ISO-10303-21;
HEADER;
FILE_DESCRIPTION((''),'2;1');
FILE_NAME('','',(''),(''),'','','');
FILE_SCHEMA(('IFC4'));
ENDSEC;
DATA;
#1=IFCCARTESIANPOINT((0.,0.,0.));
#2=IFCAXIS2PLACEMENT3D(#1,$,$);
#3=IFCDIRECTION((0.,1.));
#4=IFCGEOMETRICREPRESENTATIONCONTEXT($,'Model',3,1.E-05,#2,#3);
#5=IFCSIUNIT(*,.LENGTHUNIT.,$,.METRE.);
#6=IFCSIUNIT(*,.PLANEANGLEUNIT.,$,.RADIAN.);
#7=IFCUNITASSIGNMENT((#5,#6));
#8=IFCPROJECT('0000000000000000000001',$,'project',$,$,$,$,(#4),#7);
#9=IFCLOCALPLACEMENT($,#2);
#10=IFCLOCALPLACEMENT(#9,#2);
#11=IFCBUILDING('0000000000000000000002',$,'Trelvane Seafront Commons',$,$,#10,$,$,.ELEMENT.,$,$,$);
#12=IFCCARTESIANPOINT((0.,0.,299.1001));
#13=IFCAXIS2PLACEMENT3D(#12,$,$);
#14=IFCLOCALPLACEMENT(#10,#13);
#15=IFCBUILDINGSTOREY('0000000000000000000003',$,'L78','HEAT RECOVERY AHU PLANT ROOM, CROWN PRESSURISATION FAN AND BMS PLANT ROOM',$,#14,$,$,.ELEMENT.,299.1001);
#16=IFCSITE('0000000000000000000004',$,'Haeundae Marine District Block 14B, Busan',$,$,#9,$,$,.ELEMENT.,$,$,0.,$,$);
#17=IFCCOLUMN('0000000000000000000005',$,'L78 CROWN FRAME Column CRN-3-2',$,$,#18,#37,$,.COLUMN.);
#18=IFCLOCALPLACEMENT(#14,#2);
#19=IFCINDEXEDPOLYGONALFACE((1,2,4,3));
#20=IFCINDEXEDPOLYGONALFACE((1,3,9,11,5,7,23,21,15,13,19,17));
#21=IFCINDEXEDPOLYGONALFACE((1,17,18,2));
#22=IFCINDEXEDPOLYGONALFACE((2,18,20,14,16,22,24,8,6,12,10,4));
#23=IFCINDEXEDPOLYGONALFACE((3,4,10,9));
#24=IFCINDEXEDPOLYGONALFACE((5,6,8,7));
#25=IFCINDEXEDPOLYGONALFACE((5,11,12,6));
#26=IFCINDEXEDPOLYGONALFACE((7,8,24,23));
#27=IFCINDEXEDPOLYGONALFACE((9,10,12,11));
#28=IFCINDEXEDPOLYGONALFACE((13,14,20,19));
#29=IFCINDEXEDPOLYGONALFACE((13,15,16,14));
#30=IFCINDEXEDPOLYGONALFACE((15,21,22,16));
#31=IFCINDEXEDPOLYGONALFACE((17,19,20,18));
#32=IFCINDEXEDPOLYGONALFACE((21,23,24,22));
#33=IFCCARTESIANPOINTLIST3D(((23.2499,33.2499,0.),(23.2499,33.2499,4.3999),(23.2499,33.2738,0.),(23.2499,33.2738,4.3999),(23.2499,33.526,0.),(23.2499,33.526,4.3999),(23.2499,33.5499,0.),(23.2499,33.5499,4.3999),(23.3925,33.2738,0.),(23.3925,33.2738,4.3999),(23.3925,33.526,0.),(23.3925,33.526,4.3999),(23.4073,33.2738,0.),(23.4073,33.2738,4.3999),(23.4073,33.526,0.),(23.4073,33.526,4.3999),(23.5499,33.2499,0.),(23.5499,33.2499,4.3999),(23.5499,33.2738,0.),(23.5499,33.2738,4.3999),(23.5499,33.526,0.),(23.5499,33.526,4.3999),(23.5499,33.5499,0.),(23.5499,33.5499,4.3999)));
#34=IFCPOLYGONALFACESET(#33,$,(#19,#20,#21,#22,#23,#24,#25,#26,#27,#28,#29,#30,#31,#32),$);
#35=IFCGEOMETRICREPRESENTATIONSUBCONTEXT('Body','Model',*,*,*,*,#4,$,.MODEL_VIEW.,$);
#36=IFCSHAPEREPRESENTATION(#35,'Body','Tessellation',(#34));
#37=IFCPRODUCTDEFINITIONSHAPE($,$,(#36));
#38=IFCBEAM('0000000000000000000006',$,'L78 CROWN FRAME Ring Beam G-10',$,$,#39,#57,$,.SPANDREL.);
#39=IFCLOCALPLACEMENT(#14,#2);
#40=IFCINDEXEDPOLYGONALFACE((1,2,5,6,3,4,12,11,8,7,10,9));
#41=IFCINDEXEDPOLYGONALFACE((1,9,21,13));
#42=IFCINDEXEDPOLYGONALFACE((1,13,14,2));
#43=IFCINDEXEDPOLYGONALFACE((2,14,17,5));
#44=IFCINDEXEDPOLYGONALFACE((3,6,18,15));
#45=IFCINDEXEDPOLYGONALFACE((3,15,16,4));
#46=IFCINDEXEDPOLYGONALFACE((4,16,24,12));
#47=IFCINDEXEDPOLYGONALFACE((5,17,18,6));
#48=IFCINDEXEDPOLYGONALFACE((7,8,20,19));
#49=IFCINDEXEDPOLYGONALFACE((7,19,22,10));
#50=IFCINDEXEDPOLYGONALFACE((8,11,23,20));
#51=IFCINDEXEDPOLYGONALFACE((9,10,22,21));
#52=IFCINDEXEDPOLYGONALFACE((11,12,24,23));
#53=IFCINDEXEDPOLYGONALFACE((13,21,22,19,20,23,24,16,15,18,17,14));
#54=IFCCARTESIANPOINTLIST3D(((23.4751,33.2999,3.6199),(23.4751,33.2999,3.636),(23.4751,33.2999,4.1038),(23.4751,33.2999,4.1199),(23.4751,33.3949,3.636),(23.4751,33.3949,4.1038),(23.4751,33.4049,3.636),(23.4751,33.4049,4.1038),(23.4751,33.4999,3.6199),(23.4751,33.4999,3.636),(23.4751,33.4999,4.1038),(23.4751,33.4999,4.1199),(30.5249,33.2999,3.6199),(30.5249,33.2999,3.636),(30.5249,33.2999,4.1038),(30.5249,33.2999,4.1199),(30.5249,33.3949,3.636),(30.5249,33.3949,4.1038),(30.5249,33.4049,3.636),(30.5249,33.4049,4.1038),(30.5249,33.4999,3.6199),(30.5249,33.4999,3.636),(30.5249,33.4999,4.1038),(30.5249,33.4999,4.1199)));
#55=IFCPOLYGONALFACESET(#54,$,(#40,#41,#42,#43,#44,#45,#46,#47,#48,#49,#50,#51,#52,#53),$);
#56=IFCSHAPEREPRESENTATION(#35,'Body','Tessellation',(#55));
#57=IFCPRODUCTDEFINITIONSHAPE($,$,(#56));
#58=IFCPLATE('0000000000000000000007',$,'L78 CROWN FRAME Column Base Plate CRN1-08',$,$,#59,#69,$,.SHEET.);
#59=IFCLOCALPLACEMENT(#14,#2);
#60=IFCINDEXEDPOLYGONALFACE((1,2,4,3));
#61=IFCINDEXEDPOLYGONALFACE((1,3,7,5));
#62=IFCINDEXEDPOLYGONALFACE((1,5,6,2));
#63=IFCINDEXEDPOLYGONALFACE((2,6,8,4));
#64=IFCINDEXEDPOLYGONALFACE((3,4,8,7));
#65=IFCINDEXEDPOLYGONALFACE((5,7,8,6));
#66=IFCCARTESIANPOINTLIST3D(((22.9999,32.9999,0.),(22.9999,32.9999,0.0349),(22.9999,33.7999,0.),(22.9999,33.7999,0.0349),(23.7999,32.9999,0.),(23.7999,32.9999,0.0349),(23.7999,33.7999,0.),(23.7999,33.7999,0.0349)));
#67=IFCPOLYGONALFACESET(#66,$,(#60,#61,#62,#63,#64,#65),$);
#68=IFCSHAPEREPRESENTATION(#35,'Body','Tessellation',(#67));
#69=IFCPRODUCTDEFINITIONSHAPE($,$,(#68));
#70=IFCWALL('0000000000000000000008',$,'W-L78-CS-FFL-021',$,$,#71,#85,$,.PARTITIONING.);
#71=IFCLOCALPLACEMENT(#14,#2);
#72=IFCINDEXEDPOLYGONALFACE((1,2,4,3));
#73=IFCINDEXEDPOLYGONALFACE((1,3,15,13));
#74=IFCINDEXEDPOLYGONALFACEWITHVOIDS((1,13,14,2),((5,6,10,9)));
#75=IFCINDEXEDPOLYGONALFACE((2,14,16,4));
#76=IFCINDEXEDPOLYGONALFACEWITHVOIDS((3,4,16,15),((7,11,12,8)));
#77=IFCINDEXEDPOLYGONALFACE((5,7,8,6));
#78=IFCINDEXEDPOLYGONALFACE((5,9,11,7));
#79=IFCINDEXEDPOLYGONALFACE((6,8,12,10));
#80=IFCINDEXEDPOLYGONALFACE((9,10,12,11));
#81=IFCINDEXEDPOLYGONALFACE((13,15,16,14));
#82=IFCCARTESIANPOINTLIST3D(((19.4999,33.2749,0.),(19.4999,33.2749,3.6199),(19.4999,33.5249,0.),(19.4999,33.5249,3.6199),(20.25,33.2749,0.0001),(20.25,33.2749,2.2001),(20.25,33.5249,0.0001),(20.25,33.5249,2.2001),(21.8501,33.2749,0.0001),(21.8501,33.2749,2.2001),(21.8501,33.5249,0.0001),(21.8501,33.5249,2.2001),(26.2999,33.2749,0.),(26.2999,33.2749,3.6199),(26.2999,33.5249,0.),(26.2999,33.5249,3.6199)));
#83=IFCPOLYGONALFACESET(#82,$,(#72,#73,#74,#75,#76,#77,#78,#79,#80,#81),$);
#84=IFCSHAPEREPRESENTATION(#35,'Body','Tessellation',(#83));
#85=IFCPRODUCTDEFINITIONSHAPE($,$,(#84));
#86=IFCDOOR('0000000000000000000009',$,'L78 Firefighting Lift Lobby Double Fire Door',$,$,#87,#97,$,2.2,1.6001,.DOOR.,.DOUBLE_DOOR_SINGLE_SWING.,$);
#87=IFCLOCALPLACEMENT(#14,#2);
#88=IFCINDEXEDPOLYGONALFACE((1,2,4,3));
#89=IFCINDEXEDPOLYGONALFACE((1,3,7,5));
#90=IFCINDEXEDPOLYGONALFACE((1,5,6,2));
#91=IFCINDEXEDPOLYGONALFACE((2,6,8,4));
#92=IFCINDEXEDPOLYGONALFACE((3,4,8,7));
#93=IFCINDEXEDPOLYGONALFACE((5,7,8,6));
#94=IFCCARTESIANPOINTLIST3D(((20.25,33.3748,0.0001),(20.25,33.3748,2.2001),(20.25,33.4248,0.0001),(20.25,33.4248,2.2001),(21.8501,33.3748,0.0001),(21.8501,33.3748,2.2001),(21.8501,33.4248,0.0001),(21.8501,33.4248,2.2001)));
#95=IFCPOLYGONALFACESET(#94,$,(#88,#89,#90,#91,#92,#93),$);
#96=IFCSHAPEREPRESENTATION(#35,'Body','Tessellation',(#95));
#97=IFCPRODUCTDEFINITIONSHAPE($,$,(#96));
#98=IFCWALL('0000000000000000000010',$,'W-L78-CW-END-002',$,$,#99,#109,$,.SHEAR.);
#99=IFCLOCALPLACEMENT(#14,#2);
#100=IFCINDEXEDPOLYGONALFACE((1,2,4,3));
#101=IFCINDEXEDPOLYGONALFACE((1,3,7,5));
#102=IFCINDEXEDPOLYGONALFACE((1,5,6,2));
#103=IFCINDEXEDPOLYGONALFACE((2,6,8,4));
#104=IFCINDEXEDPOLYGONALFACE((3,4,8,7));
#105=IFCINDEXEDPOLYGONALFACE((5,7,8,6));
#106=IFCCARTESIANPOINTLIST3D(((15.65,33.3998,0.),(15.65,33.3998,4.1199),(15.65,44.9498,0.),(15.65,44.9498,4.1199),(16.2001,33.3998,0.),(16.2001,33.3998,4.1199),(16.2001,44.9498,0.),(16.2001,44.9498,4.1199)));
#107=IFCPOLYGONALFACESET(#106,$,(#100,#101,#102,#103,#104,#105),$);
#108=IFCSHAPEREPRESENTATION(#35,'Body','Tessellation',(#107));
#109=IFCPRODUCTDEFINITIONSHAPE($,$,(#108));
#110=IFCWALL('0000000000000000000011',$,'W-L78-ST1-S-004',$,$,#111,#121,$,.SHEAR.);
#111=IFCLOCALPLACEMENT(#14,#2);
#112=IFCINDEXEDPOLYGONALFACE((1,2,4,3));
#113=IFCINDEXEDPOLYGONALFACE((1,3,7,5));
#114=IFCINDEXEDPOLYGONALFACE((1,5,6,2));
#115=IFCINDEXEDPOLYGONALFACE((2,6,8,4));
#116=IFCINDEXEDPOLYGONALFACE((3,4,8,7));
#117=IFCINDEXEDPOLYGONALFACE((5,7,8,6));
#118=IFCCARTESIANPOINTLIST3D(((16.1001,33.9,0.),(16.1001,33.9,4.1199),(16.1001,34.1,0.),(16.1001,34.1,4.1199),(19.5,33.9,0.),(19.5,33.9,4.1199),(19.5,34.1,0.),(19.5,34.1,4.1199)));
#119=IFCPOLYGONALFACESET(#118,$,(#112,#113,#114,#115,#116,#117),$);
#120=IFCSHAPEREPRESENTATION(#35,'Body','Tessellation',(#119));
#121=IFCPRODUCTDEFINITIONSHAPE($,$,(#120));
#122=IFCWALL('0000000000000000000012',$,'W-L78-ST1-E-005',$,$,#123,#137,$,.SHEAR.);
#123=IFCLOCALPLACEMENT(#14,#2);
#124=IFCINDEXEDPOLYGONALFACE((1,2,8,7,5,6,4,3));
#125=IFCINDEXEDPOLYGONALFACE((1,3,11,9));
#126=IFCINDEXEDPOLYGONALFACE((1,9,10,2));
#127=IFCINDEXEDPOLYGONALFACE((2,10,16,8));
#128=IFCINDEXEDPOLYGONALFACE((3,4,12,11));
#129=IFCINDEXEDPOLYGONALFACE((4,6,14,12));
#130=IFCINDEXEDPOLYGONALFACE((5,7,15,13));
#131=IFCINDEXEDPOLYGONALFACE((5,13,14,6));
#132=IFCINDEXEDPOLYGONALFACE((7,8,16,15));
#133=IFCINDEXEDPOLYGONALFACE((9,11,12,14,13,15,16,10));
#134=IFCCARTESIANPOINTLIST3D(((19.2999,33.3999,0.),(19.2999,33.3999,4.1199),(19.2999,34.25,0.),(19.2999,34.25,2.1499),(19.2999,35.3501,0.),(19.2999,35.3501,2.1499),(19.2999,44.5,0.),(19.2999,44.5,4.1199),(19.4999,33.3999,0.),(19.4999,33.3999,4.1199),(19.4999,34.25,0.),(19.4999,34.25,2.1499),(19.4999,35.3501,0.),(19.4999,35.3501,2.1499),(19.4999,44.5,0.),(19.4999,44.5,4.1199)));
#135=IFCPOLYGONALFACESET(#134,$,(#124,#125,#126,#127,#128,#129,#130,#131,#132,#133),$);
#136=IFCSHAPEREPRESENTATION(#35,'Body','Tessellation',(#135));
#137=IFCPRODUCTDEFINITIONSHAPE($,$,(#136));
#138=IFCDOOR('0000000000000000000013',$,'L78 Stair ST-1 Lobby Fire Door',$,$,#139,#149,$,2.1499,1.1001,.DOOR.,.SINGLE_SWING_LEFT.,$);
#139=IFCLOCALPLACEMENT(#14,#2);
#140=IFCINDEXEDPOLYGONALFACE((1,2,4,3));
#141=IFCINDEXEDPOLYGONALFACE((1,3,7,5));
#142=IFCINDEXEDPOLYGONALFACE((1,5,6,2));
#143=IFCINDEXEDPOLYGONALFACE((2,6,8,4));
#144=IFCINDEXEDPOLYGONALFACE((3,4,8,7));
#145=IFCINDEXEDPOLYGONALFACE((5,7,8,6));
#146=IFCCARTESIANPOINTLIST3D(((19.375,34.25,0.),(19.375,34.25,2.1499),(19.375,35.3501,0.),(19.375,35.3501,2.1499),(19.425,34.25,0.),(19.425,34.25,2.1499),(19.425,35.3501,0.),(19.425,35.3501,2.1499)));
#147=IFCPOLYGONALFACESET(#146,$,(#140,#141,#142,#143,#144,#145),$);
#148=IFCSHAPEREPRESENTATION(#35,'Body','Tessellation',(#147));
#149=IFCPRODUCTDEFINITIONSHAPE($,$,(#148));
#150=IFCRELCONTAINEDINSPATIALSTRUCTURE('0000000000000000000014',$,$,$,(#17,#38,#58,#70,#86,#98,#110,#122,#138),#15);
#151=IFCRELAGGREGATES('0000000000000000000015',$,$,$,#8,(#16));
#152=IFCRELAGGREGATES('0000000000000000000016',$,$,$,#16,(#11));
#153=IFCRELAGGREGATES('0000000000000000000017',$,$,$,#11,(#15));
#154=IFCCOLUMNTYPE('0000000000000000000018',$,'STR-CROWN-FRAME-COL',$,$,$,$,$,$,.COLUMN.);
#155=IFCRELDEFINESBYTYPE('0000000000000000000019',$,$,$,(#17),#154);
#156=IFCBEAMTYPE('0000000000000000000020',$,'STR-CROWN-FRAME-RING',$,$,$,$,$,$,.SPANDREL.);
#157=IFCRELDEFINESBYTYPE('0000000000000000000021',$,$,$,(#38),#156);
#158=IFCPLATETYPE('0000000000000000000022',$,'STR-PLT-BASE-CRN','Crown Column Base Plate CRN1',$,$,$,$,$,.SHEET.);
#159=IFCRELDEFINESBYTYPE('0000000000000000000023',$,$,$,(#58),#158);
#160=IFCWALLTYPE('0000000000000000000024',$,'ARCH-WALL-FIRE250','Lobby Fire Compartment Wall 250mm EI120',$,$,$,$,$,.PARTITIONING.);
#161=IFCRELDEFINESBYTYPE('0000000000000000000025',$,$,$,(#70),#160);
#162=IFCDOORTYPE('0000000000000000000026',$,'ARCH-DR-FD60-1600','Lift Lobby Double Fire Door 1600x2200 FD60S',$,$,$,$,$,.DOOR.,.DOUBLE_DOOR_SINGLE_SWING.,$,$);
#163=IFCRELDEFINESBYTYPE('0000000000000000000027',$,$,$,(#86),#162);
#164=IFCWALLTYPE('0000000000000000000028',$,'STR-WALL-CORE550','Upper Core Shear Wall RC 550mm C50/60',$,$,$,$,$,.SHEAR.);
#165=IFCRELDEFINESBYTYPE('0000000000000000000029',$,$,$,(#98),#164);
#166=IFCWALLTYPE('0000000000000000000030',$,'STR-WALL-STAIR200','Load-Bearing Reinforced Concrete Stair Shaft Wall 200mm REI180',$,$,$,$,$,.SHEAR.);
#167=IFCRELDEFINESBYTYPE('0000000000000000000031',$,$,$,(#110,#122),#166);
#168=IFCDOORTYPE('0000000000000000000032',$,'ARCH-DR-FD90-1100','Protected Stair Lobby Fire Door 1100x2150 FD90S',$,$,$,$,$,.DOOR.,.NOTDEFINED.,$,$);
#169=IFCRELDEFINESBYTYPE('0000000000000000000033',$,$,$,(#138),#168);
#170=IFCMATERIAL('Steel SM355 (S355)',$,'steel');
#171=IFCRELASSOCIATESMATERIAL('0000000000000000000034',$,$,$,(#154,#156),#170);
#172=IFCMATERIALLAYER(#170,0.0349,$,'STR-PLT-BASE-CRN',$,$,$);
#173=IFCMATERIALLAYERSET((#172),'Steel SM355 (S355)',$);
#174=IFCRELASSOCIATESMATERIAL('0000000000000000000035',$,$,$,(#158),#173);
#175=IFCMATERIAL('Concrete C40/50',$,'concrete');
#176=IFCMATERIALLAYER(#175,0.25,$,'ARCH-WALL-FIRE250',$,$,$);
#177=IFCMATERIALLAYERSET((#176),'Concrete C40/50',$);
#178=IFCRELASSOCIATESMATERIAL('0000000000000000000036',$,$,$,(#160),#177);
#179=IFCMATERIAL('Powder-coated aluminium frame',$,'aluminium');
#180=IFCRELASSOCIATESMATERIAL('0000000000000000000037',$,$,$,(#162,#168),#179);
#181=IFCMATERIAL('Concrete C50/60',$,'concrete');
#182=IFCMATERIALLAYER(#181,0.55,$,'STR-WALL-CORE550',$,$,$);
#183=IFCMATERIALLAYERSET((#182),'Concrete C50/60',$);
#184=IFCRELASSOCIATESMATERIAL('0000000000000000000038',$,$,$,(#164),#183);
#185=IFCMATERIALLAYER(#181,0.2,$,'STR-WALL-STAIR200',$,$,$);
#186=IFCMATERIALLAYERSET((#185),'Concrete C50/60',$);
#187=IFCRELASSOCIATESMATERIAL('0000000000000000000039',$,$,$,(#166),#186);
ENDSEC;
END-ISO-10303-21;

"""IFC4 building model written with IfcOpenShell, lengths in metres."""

from ifc_helpers import new_model, si_unit, direction, frame, frame_2d, origin, origin_2d, place, context, subcontext, project, spatial, rectangle, i_section, extrude, source, transform, mapped, material, layer, layer_set, material_profile, profile_set, type_object, element, fill, save


model = new_model("IFC4")

# Units and contexts
model_context = context("Model", 3, precision=1e-05, world=origin(), true_north=direction((0.0, 1.0)))
body_context = subcontext(model_context, "Body", "Model", "MODEL_VIEW")
ifc_project = project(units=[si_unit("LENGTHUNIT", "METRE"), si_unit("PLANEANGLEUNIT", "RADIAN")], contexts=[model_context])

# Site, building, storey
site_placement = place(None, origin())
site = spatial("IfcSite", under=ifc_project, at=site_placement, Name="Haeundae Marine District Block 14B, Busan", CompositionType="ELEMENT", RefElevation=0.0)
building_placement = place(site_placement, origin())
building = spatial("IfcBuilding", under=site, at=building_placement, Name="Trelvane Seafront Commons", CompositionType="ELEMENT")
storey_placement = place(building_placement, frame((0.0, 0.0, 299.1001)))
storey = spatial("IfcBuildingStorey", under=building, at=storey_placement, Name="L78", Description="HEAT RECOVERY AHU PLANT ROOM, CROWN PRESSURISATION FAN AND BMS PLANT ROOM", CompositionType="ELEMENT", Elevation=299.1001)

# Column
ifc_material_1 = material(Name="Steel SM355 (S355)", Category="steel")
ifc_material_profile_1 = material_profile(ifc_material_1, i_section(OverallWidth=0.3, OverallDepth=0.3, WebThickness=0.0149, FlangeThickness=0.0239, at=origin_2d()), Name="HD-300x300x15x24")
ifc_profile_set_1 = profile_set([ifc_material_profile_1], Name="Steel SM355 (S355)")
column_type = type_object("IfcColumnType", Name="STR-CROWN-FRAME-COL", PredefinedType="COLUMN", material=ifc_profile_set_1)
shared_shape_1 = source(origin(), body_context, "Body", "SweptSolid", [
    extrude(i_section(OverallWidth=0.3, OverallDepth=0.3, WebThickness=0.0149, FlangeThickness=0.0239, at=origin_2d()), origin(), (0.0, 0.0, 1.0), 4.3999),
])
column_placement = place(storey_placement, frame((23.3999, 33.3999, 0.0), z_axis=(0.0, 0.0, 1.0), x_axis=(1.0, 0.0, 0.0)))
element("IfcColumn", 1, at=column_placement, inside=storey, type_object=column_type, Name="L78 CROWN FRAME Column CRN-3-2", PredefinedType="COLUMN", context=body_context, shape_type="MappedRepresentation", body=[
    mapped(shared_shape_1, transform((0.0, 0.0, 0.0), x_axis=(1.0, 0.0, 0.0), y_axis=(0.0, 1.0, 0.0), z_axis=(0.0, 0.0, 1.0), scale=1.0)),
])

# Beam
ifc_material_profile_2 = material_profile(ifc_material_1, i_section(OverallWidth=0.2, OverallDepth=0.5, WebThickness=0.01, FlangeThickness=0.0161, at=origin_2d()), Name="H-500x200x10x16")
ifc_profile_set_2 = profile_set([ifc_material_profile_2], Name="Steel SM355 (S355)")
beam_type = type_object("IfcBeamType", Name="STR-CROWN-FRAME-RING", PredefinedType="SPANDREL", material=ifc_profile_set_2)
shared_shape_2 = source(origin(), body_context, "Body", "SweptSolid", [
    extrude(i_section(OverallWidth=0.2, OverallDepth=0.5, WebThickness=0.01, FlangeThickness=0.0161, at=origin_2d()), origin(), (0.0, 0.0, 1.0), 7.0498),
])
beam_placement = place(storey_placement, frame((23.4751, 33.3999, 3.8699), z_axis=(1.0, 0.0, 0.0), x_axis=(0.0, 1.0, 0.0)))
element("IfcBeam", 2, at=beam_placement, inside=storey, type_object=beam_type, Name="L78 CROWN FRAME Ring Beam G-10", PredefinedType="SPANDREL", context=body_context, shape_type="MappedRepresentation", body=[
    mapped(shared_shape_2, transform((0.0, 0.0, 0.0), x_axis=(1.0, 0.0, 0.0), y_axis=(0.0, 1.0, 0.0), z_axis=(0.0, 0.0, 1.0), scale=1.0)),
])

# Plate
ifc_layer_1 = layer(ifc_material_1, 0.0349, Name="STR-PLT-BASE-CRN")
ifc_layer_set_1 = layer_set([ifc_layer_1], Name="Steel SM355 (S355)")
plate_type = type_object("IfcPlateType", Name="STR-PLT-BASE-CRN", Description="Crown Column Base Plate CRN1", PredefinedType="SHEET", material=ifc_layer_set_1)
shared_shape_3 = source(origin(), body_context, "Body", "SweptSolid", [
    extrude(rectangle(XDim=0.8, YDim=0.8, at=origin_2d()), origin(), (0.0, 0.0, 1.0), 0.0349),
])
plate_placement = place(storey_placement, frame((23.3999, 33.3999, 0.0), z_axis=(0.0, 0.0, 1.0), x_axis=(1.0, 0.0, 0.0)))
element("IfcPlate", 3, at=plate_placement, inside=storey, type_object=plate_type, Name="L78 CROWN FRAME Column Base Plate CRN1-08", PredefinedType="SHEET", context=body_context, shape_type="MappedRepresentation", body=[
    mapped(shared_shape_3, transform((0.0, 0.0, 0.0), x_axis=(1.0, 0.0, 0.0), y_axis=(0.0, 1.0, 0.0), z_axis=(0.0, 0.0, 1.0), scale=1.0)),
])

# Wall, opening, door
ifc_material_2 = material(Name="Concrete C40/50", Category="concrete")
ifc_layer_2 = layer(ifc_material_2, 0.25, Name="ARCH-WALL-FIRE250")
ifc_layer_set_2 = layer_set([ifc_layer_2], Name="Concrete C40/50")
wall_type_1 = type_object("IfcWallType", Name="ARCH-WALL-FIRE250", Description="Lobby Fire Compartment Wall 250mm EI120", PredefinedType="PARTITIONING", material=ifc_layer_set_2)
wall_1_placement = place(storey_placement, frame((19.5, 33.3999, 0.0), z_axis=(0.0, 0.0, 1.0), x_axis=(1.0, 0.0, 0.0)))
wall_1 = element("IfcWall", 4, at=wall_1_placement, inside=storey, type_object=wall_type_1, Name="W-L78-CS-FFL-021", PredefinedType="PARTITIONING", context=body_context, shape_type="SweptSolid", body=[
    extrude(rectangle(XDim=6.8, YDim=0.25, at=frame_2d((3.3999, 0.0))), origin(), (0.0, 0.0, 1.0), 3.6199),
])
opening_1_placement = place(wall_1_placement, frame((0.75, 0.0, 0.0)))
opening_1 = element("IfcOpeningElement", 5, at=opening_1_placement, cuts=wall_1, PredefinedType="OPENING", context=body_context, shape_type="SweptSolid", body=[
    extrude(rectangle(XDim=1.6001, YDim=2.2, at=frame_2d((0.8, 1.1001))), frame((0.0, 0.135, 0.0), z_axis=(0.0, -1.0, 0.0), x_axis=(1.0, 0.0, 0.0)), (0.0, 0.0, 1.0), 0.27),
])
ifc_material_3 = material(Name="Powder-coated aluminium frame", Category="aluminium")
door_type_1 = type_object("IfcDoorType", Name="ARCH-DR-FD60-1600", Description="Lift Lobby Double Fire Door 1600x2200 FD60S", OperationType="DOUBLE_DOOR_SINGLE_SWING", PredefinedType="DOOR", material=ifc_material_3)
shared_shape_4 = source(origin(), body_context, "Body", "SweptSolid", [
    extrude(rectangle(XDim=1.6001, YDim=2.2, at=frame_2d((0.8, 1.1001))), frame((0.0, 0.0249, 0.0), z_axis=(0.0, -1.0, 0.0), x_axis=(1.0, 0.0, 0.0)), (0.0, 0.0, 1.0), 0.05),
])
door_1_placement = place(opening_1_placement, origin())
door_1 = element("IfcDoor", 6, at=door_1_placement, inside=storey, type_object=door_type_1, Name="L78 Firefighting Lift Lobby Double Fire Door", OperationType="DOUBLE_DOOR_SINGLE_SWING", OverallHeight=2.2, OverallWidth=1.6001, PredefinedType="DOOR", context=body_context, shape_type="MappedRepresentation", body=[
    mapped(shared_shape_4, transform((0.0, 0.0, 0.0), x_axis=(1.0, 0.0, 0.0), y_axis=(0.0, 1.0, 0.0), z_axis=(0.0, 0.0, 1.0), scale=1.0)),
])
fill(opening_1, door_1)

# Shared definitions
shared_shape_5 = source(origin(), body_context, "Body", "SweptSolid", [
    extrude(rectangle(XDim=1.1001, YDim=2.1499, at=frame_2d((0.55, 1.075))), frame((0.0, 0.0249, 0.0), z_axis=(0.0, -1.0, 0.0), x_axis=(1.0, 0.0, 0.0)), (0.0, 0.0, 1.0), 0.05),
])

# Walls
ifc_material_4 = material(Name="Concrete C50/60", Category="concrete")
ifc_layer_3 = layer(ifc_material_4, 0.55, Name="STR-WALL-CORE550")
ifc_layer_set_3 = layer_set([ifc_layer_3], Name="Concrete C50/60")
wall_type_2 = type_object("IfcWallType", Name="STR-WALL-CORE550", Description="Upper Core Shear Wall RC 550mm C50/60", PredefinedType="SHEAR", material=ifc_layer_set_3)
wall_2_placement = place(storey_placement, frame((15.925, 33.3999, 0.0), z_axis=(0.0, 0.0, 1.0), x_axis=(0.0, 1.0, 0.0)))
element("IfcWall", 7, at=wall_2_placement, inside=storey, type_object=wall_type_2, Name="W-L78-CW-END-002", PredefinedType="SHEAR", context=body_context, shape_type="SweptSolid", body=[
    extrude(rectangle(XDim=11.55, YDim=0.55, at=frame_2d((5.7749, 0.0))), origin(), (0.0, 0.0, 1.0), 4.1199),
])
ifc_layer_4 = layer(ifc_material_4, 0.2, Name="STR-WALL-STAIR200")
ifc_layer_set_4 = layer_set([ifc_layer_4], Name="Concrete C50/60")
wall_type_3 = type_object("IfcWallType", Name="STR-WALL-STAIR200", Description="Load-Bearing Reinforced Concrete Stair Shaft Wall 200mm REI180", PredefinedType="SHEAR", material=ifc_layer_set_4)
wall_3_placement = place(storey_placement, frame((16.1001, 34.0, 0.0), z_axis=(0.0, 0.0, 1.0), x_axis=(1.0, 0.0, 0.0)))
element("IfcWall", 8, at=wall_3_placement, inside=storey, type_object=wall_type_3, Name="W-L78-ST1-S-004", PredefinedType="SHEAR", context=body_context, shape_type="SweptSolid", body=[
    extrude(rectangle(XDim=3.3999, YDim=0.2, at=frame_2d((1.7, 0.0))), origin(), (0.0, 0.0, 1.0), 4.1199),
])

# Wall, opening, door
wall_4_placement = place(storey_placement, frame((19.3999, 33.3999, 0.0), z_axis=(0.0, 0.0, 1.0), x_axis=(0.0, 1.0, 0.0)))
wall_4 = element("IfcWall", 9, at=wall_4_placement, inside=storey, type_object=wall_type_3, Name="W-L78-ST1-E-005", PredefinedType="SHEAR", context=body_context, shape_type="SweptSolid", body=[
    extrude(rectangle(XDim=11.1001, YDim=0.2, at=frame_2d((5.55, 0.0))), origin(), (0.0, 0.0, 1.0), 4.1199),
])
opening_2_placement = place(wall_4_placement, frame((0.8501, 0.0, 0.0)))
opening_2 = element("IfcOpeningElement", 10, at=opening_2_placement, cuts=wall_4, PredefinedType="OPENING", context=body_context, shape_type="SweptSolid", body=[
    extrude(rectangle(XDim=1.1001, YDim=2.1499, at=frame_2d((0.55, 1.075))), frame((0.0, 0.1099, 0.0), z_axis=(0.0, -1.0, 0.0), x_axis=(1.0, 0.0, 0.0)), (0.0, 0.0, 1.0), 0.22),
])
door_type_2 = type_object("IfcDoorType", Name="ARCH-DR-FD90-1100", Description="Protected Stair Lobby Fire Door 1100x2150 FD90S", OperationType="NOTDEFINED", PredefinedType="DOOR", material=ifc_material_3)
door_2_placement = place(opening_2_placement, origin())
door_2 = element("IfcDoor", 11, at=door_2_placement, inside=storey, type_object=door_type_2, Name="L78 Stair ST-1 Lobby Fire Door", OperationType="SINGLE_SWING_LEFT", OverallHeight=2.1499, OverallWidth=1.1001, PredefinedType="DOOR", context=body_context, shape_type="MappedRepresentation", body=[
    mapped(shared_shape_5, transform((0.0, 0.0, 0.0), x_axis=(1.0, 0.0, 0.0), y_axis=(0.0, 1.0, 0.0), z_axis=(0.0, 0.0, 1.0), scale=1.0)),
])
fill(opening_2, door_2)

save(model, "model.ifc")
